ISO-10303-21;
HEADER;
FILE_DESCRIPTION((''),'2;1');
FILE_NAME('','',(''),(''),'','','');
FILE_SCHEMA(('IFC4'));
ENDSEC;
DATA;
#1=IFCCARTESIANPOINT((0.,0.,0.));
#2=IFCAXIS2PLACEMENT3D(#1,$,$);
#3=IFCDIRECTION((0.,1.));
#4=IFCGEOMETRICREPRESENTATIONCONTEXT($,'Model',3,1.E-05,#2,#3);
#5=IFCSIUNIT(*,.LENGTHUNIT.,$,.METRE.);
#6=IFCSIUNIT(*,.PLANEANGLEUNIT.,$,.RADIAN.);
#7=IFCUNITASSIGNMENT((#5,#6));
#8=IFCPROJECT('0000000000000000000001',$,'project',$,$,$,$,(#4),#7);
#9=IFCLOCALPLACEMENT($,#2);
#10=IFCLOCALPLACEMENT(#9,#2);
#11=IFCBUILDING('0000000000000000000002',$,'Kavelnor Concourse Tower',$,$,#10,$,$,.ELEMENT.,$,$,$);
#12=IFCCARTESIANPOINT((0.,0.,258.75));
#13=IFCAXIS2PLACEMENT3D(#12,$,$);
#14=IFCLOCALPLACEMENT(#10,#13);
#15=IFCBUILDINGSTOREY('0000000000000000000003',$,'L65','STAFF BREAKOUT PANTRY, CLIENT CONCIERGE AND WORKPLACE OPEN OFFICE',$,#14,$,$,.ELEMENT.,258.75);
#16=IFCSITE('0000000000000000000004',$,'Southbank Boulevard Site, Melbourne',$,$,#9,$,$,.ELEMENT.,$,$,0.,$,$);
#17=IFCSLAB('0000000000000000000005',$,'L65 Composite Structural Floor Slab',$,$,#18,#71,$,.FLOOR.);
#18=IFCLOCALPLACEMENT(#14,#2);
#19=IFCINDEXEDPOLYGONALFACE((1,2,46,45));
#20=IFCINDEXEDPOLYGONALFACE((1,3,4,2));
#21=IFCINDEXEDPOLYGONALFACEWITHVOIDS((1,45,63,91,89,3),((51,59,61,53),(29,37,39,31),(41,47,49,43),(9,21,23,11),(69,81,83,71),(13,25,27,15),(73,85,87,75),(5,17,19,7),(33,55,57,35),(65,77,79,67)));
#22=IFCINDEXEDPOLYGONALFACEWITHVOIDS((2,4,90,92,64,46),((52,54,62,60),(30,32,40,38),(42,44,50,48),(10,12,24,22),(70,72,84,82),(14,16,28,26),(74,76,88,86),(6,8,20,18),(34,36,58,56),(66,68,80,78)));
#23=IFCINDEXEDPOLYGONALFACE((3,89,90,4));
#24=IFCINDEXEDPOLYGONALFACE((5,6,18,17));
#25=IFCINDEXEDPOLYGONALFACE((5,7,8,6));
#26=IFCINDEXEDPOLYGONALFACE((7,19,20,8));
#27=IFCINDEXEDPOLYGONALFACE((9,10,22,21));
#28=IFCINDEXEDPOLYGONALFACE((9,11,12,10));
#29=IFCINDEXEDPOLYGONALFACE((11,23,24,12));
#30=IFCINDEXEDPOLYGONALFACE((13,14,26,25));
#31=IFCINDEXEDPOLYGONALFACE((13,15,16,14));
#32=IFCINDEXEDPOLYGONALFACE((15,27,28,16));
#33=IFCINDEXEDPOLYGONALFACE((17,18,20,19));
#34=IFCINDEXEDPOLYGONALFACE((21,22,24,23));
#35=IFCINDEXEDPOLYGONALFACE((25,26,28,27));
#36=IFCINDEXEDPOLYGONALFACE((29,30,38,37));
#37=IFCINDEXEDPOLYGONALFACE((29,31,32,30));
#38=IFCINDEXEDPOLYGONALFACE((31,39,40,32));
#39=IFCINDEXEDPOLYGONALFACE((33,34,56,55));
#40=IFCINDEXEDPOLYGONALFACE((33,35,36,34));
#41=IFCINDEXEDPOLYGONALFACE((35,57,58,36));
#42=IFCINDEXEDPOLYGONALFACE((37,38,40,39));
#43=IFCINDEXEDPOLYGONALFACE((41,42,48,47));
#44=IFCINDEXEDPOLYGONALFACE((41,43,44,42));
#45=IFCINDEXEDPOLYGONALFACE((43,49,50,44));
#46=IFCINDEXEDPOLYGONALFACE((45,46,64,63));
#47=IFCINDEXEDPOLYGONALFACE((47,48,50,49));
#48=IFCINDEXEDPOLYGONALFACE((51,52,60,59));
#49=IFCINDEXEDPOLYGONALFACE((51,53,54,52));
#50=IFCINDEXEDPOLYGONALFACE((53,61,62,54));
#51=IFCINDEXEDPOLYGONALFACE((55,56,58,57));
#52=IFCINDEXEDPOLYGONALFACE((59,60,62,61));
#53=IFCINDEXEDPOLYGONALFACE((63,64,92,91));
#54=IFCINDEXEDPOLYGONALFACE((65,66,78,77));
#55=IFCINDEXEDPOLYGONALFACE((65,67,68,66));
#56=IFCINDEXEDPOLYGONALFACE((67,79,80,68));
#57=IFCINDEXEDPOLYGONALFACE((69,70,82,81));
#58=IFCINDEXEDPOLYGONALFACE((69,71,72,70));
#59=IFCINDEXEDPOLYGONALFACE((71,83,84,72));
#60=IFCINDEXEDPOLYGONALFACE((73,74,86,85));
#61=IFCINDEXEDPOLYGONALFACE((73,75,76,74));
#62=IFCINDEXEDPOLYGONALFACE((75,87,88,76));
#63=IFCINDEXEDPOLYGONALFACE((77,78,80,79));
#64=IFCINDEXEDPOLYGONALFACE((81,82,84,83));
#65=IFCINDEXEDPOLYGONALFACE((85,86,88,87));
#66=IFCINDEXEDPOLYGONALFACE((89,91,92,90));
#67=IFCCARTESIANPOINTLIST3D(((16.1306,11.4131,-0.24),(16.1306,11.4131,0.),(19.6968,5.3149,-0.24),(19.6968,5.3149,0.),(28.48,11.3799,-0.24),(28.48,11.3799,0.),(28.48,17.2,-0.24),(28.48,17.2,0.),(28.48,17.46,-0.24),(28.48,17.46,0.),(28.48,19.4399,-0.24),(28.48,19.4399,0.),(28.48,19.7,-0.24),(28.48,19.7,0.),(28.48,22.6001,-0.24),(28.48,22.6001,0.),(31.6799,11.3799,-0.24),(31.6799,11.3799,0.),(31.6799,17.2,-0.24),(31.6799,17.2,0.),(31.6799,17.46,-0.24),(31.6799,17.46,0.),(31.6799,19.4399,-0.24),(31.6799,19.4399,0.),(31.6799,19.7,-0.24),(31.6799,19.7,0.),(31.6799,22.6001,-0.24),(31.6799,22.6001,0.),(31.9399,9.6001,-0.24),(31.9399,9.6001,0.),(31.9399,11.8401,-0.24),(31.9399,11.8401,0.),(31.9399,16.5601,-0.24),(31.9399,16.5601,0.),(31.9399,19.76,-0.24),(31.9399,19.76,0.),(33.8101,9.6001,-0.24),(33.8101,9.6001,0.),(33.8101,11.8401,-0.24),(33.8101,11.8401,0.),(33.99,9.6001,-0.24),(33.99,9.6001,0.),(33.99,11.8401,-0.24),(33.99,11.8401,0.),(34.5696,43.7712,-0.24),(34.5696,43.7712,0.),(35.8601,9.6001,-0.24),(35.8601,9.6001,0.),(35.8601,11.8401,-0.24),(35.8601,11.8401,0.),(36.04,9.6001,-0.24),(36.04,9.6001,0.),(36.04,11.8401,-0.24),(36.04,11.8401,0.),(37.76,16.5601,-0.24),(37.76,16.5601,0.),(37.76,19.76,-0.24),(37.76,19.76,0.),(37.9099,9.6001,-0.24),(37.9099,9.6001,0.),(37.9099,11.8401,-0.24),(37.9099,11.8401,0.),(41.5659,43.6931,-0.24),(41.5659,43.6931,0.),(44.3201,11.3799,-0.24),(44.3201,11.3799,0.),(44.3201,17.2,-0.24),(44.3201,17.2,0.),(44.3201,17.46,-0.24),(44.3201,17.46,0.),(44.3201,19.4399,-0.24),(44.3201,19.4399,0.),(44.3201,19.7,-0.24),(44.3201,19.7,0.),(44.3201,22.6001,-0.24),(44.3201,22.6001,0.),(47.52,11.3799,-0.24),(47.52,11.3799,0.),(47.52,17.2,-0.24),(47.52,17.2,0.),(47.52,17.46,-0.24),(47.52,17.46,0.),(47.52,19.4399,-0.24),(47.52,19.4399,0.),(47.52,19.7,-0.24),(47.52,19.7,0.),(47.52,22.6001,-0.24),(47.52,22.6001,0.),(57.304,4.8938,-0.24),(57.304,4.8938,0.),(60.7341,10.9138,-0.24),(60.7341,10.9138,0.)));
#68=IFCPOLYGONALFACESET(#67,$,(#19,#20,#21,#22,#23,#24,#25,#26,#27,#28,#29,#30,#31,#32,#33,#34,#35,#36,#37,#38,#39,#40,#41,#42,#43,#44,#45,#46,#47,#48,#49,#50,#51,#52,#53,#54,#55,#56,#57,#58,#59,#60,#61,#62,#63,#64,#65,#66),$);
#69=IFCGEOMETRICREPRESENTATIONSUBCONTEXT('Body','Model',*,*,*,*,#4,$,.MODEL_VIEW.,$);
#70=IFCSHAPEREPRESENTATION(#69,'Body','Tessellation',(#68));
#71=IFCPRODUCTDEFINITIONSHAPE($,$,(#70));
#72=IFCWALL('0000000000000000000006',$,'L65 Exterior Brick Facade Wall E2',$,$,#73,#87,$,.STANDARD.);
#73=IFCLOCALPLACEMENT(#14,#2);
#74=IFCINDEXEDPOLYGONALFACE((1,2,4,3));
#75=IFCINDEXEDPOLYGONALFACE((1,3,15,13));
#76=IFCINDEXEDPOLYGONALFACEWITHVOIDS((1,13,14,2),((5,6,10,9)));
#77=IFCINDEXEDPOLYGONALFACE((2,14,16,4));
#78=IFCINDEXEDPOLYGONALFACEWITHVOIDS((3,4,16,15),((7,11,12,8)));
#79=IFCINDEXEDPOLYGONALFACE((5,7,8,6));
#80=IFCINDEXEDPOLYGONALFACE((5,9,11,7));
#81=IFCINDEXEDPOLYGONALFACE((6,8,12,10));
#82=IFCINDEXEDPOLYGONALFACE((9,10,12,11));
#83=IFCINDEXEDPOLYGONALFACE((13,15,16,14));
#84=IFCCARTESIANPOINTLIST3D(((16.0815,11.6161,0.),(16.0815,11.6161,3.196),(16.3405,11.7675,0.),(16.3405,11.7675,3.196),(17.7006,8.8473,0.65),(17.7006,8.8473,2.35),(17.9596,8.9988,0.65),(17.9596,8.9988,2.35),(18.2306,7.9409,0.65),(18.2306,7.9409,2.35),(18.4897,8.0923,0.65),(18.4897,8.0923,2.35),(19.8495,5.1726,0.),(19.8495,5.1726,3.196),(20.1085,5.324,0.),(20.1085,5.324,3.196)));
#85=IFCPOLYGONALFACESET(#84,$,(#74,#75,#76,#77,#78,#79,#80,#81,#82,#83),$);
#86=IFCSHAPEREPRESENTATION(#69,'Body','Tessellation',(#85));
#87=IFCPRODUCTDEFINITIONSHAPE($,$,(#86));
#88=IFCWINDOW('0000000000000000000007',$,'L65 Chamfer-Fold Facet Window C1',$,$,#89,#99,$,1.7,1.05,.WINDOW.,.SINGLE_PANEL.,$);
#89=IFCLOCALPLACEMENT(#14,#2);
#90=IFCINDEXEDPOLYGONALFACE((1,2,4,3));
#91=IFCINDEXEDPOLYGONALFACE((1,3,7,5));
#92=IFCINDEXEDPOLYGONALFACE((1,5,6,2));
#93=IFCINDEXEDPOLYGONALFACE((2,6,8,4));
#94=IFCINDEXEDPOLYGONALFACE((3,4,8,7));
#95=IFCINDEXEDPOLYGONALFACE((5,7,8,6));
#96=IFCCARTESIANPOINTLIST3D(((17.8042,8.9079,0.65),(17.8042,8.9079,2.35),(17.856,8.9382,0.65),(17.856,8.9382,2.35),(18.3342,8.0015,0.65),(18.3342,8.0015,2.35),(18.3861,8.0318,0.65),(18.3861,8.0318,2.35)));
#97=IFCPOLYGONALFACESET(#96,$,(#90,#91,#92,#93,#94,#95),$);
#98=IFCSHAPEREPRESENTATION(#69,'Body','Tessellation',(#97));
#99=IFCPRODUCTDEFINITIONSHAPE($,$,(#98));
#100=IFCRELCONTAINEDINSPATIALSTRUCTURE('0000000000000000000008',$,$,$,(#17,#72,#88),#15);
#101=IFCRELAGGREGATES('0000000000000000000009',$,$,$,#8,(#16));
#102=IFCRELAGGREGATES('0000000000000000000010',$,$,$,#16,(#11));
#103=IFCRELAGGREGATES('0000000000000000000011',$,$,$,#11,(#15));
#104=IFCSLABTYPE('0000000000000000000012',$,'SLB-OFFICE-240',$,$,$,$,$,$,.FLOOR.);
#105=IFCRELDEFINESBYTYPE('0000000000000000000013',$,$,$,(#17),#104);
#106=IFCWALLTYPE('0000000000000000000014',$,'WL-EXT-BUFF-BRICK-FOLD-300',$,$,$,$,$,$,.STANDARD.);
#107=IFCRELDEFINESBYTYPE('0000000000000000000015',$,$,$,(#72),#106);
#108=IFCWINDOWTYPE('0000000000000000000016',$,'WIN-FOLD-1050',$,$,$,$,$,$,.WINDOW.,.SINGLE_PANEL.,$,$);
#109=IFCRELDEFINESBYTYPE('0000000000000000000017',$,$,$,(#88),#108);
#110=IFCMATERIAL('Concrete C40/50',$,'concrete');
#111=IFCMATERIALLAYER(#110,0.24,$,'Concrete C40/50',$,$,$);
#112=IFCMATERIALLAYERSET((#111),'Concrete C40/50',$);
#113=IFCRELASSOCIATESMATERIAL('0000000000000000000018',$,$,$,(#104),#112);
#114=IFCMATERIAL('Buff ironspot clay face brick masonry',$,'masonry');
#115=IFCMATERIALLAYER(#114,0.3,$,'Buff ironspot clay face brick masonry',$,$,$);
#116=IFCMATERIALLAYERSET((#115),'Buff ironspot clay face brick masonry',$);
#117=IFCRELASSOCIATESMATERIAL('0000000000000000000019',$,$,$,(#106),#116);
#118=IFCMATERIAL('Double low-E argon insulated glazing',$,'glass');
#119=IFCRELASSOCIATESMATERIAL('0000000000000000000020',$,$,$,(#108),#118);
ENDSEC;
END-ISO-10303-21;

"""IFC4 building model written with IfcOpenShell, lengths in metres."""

from ifc_helpers import new_model, si_unit, direction, frame, frame_2d, origin, place, context, subcontext, project, spatial, polyline, rectangle, outline, extrude, material, layer, layer_set, type_object, element, fill, save


model = new_model("IFC4")

# Units and contexts
model_context = context("Model", 3, precision=1e-05, world=origin(), true_north=direction((0.0, 1.0)))
body_context = subcontext(model_context, "Body", "Model", "MODEL_VIEW")
ifc_project = project(units=[si_unit("LENGTHUNIT", "METRE"), si_unit("PLANEANGLEUNIT", "RADIAN")], contexts=[model_context])

# Site, building, storey
site_placement = place(None, origin())
site = spatial("IfcSite", under=ifc_project, at=site_placement, Name="Southbank Boulevard Site, Melbourne", CompositionType="ELEMENT", RefElevation=0.0)
building_placement = place(site_placement, origin())
building = spatial("IfcBuilding", under=site, at=building_placement, Name="Kavelnor Concourse Tower", CompositionType="ELEMENT")
storey_placement = place(building_placement, frame((0.0, 0.0, 258.75)))
storey = spatial("IfcBuildingStorey", under=building, at=storey_placement, Name="L65", Description="STAFF BREAKOUT PANTRY, CLIENT CONCIERGE AND WORKPLACE OPEN OFFICE", CompositionType="ELEMENT", Elevation=258.75)

# Shared definitions
ifc_material_1 = material(Name="Concrete C40/50", Category="concrete")

# Slab
ifc_layer_1 = layer(ifc_material_1, 0.24, Name="Concrete C40/50")
ifc_layer_set_1 = layer_set([ifc_layer_1], Name="Concrete C40/50")
slab_type_1 = type_object("IfcSlabType", Name="SLB-OFFICE-240", PredefinedType="FLOOR", material=ifc_layer_set_1)
slab_1_placement = place(storey_placement, frame((0.0, 0.0, -0.24)))
element("IfcSlab", 1, at=slab_1_placement, inside=storey, type_object=slab_type_1, Name="L65 Composite Structural Floor Slab", PredefinedType="FLOOR", context=body_context, shape_type="SweptSolid", body=[
    extrude(outline(polyline([(41.5659, 43.6931), (34.5696, 43.7712), (16.1306, 11.4131), (19.6968, 5.3149), (57.304, 4.8938), (60.7341, 10.9138), (41.5659, 43.6931)]), holes=[polyline([(28.48, 11.3799), (31.6799, 11.3799), (31.6799, 17.2), (28.48, 17.2), (28.48, 11.3799)]), polyline([(44.3201, 11.3799), (47.52, 11.3799), (47.52, 17.2), (44.3201, 17.2), (44.3201, 11.3799)]), polyline([(31.9399, 16.5601), (37.76, 16.5601), (37.76, 19.76), (31.9399, 19.76), (31.9399, 16.5601)]), polyline([(28.48, 19.7), (31.6799, 19.7), (31.6799, 22.6001), (28.48, 22.6001), (28.48, 19.7)]), polyline([(44.3201, 19.7), (47.52, 19.7), (47.52, 22.6001), (44.3201, 22.6001), (44.3201, 19.7)]), polyline([(31.9399, 9.6001), (33.8101, 9.6001), (33.8101, 11.8401), (31.9399, 11.8401), (31.9399, 9.6001)]), polyline([(33.99, 9.6001), (35.8601, 9.6001), (35.8601, 11.8401), (33.99, 11.8401), (33.99, 9.6001)]), polyline([(36.04, 9.6001), (37.9099, 9.6001), (37.9099, 11.8401), (36.04, 11.8401), (36.04, 9.6001)]), polyline([(28.48, 17.46), (31.6799, 17.46), (31.6799, 19.4399), (28.48, 19.4399), (28.48, 17.46)]), polyline([(44.3201, 17.46), (47.52, 17.46), (47.52, 19.4399), (44.3201, 19.4399), (44.3201, 17.46)])]), origin(), (0.0, 0.0, 1.0), 0.24),
])

# Wall, opening, window
ifc_material_2 = material(Name="Buff ironspot clay face brick masonry", Category="masonry")
ifc_layer_2 = layer(ifc_material_2, 0.3, Name="Buff ironspot clay face brick masonry")
ifc_layer_set_2 = layer_set([ifc_layer_2], Name="Buff ironspot clay face brick masonry")
wall_type_1 = type_object("IfcWallType", Name="WL-EXT-BUFF-BRICK-FOLD-300", PredefinedType="STANDARD", material=ifc_layer_set_2)
wall_1_placement = place(storey_placement, frame((19.979, 5.2483, 0.0), z_axis=(0.0, 0.0, 1.0), x_axis=(-0.5048, 0.863236, 0.0)))
wall_1 = element("IfcWall", 2, at=wall_1_placement, inside=storey, type_object=wall_type_1, Name="L65 Exterior Brick Facade Wall E2", PredefinedType="STANDARD", context=body_context, shape_type="SweptSolid", body=[
    extrude(rectangle(XDim=7.4644, YDim=0.3, at=frame_2d((3.7322, 0.0))), origin(), (0.0, 0.0, 1.0), 3.196),
])
opening_1_placement = place(wall_1_placement, frame((3.207, 0.0, 0.6499)))
opening_1 = element("IfcOpeningElement", 3, at=opening_1_placement, cuts=wall_1, PredefinedType="OPENING", context=body_context, shape_type="SweptSolid", body=[
    extrude(rectangle(XDim=1.05, YDim=1.7, at=frame_2d((0.5249, 0.8501))), frame((0.0, 0.1602, 0.0), z_axis=(0.0, -1.0, 0.0), x_axis=(1.0, 0.0, 0.0)), (0.0, 0.0, 1.0), 0.3201),
])
ifc_material_3 = material(Name="Double low-E argon insulated glazing", Category="glass")
window_type_1 = type_object("IfcWindowType", Name="WIN-FOLD-1050", PartitioningType="SINGLE_PANEL", PredefinedType="WINDOW", material=ifc_material_3)
window_1_placement = place(opening_1_placement, origin())
window_1 = element("IfcWindow", 4, at=window_1_placement, inside=storey, type_object=window_type_1, Name="L65 Chamfer-Fold Facet Window C1", OverallHeight=1.7, OverallWidth=1.05, PartitioningType="SINGLE_PANEL", PredefinedType="WINDOW", context=body_context, shape_type="SweptSolid", body=[
    extrude(rectangle(XDim=1.05, YDim=1.7, at=frame_2d((0.5249, 0.8501))), frame((0.0, 0.03, 0.0), z_axis=(0.0, -1.0, 0.0), x_axis=(1.0, 0.0, 0.0)), (0.0, 0.0, 1.0), 0.0601),
])
fill(opening_1, window_1)

save(model, "model.ifc")
